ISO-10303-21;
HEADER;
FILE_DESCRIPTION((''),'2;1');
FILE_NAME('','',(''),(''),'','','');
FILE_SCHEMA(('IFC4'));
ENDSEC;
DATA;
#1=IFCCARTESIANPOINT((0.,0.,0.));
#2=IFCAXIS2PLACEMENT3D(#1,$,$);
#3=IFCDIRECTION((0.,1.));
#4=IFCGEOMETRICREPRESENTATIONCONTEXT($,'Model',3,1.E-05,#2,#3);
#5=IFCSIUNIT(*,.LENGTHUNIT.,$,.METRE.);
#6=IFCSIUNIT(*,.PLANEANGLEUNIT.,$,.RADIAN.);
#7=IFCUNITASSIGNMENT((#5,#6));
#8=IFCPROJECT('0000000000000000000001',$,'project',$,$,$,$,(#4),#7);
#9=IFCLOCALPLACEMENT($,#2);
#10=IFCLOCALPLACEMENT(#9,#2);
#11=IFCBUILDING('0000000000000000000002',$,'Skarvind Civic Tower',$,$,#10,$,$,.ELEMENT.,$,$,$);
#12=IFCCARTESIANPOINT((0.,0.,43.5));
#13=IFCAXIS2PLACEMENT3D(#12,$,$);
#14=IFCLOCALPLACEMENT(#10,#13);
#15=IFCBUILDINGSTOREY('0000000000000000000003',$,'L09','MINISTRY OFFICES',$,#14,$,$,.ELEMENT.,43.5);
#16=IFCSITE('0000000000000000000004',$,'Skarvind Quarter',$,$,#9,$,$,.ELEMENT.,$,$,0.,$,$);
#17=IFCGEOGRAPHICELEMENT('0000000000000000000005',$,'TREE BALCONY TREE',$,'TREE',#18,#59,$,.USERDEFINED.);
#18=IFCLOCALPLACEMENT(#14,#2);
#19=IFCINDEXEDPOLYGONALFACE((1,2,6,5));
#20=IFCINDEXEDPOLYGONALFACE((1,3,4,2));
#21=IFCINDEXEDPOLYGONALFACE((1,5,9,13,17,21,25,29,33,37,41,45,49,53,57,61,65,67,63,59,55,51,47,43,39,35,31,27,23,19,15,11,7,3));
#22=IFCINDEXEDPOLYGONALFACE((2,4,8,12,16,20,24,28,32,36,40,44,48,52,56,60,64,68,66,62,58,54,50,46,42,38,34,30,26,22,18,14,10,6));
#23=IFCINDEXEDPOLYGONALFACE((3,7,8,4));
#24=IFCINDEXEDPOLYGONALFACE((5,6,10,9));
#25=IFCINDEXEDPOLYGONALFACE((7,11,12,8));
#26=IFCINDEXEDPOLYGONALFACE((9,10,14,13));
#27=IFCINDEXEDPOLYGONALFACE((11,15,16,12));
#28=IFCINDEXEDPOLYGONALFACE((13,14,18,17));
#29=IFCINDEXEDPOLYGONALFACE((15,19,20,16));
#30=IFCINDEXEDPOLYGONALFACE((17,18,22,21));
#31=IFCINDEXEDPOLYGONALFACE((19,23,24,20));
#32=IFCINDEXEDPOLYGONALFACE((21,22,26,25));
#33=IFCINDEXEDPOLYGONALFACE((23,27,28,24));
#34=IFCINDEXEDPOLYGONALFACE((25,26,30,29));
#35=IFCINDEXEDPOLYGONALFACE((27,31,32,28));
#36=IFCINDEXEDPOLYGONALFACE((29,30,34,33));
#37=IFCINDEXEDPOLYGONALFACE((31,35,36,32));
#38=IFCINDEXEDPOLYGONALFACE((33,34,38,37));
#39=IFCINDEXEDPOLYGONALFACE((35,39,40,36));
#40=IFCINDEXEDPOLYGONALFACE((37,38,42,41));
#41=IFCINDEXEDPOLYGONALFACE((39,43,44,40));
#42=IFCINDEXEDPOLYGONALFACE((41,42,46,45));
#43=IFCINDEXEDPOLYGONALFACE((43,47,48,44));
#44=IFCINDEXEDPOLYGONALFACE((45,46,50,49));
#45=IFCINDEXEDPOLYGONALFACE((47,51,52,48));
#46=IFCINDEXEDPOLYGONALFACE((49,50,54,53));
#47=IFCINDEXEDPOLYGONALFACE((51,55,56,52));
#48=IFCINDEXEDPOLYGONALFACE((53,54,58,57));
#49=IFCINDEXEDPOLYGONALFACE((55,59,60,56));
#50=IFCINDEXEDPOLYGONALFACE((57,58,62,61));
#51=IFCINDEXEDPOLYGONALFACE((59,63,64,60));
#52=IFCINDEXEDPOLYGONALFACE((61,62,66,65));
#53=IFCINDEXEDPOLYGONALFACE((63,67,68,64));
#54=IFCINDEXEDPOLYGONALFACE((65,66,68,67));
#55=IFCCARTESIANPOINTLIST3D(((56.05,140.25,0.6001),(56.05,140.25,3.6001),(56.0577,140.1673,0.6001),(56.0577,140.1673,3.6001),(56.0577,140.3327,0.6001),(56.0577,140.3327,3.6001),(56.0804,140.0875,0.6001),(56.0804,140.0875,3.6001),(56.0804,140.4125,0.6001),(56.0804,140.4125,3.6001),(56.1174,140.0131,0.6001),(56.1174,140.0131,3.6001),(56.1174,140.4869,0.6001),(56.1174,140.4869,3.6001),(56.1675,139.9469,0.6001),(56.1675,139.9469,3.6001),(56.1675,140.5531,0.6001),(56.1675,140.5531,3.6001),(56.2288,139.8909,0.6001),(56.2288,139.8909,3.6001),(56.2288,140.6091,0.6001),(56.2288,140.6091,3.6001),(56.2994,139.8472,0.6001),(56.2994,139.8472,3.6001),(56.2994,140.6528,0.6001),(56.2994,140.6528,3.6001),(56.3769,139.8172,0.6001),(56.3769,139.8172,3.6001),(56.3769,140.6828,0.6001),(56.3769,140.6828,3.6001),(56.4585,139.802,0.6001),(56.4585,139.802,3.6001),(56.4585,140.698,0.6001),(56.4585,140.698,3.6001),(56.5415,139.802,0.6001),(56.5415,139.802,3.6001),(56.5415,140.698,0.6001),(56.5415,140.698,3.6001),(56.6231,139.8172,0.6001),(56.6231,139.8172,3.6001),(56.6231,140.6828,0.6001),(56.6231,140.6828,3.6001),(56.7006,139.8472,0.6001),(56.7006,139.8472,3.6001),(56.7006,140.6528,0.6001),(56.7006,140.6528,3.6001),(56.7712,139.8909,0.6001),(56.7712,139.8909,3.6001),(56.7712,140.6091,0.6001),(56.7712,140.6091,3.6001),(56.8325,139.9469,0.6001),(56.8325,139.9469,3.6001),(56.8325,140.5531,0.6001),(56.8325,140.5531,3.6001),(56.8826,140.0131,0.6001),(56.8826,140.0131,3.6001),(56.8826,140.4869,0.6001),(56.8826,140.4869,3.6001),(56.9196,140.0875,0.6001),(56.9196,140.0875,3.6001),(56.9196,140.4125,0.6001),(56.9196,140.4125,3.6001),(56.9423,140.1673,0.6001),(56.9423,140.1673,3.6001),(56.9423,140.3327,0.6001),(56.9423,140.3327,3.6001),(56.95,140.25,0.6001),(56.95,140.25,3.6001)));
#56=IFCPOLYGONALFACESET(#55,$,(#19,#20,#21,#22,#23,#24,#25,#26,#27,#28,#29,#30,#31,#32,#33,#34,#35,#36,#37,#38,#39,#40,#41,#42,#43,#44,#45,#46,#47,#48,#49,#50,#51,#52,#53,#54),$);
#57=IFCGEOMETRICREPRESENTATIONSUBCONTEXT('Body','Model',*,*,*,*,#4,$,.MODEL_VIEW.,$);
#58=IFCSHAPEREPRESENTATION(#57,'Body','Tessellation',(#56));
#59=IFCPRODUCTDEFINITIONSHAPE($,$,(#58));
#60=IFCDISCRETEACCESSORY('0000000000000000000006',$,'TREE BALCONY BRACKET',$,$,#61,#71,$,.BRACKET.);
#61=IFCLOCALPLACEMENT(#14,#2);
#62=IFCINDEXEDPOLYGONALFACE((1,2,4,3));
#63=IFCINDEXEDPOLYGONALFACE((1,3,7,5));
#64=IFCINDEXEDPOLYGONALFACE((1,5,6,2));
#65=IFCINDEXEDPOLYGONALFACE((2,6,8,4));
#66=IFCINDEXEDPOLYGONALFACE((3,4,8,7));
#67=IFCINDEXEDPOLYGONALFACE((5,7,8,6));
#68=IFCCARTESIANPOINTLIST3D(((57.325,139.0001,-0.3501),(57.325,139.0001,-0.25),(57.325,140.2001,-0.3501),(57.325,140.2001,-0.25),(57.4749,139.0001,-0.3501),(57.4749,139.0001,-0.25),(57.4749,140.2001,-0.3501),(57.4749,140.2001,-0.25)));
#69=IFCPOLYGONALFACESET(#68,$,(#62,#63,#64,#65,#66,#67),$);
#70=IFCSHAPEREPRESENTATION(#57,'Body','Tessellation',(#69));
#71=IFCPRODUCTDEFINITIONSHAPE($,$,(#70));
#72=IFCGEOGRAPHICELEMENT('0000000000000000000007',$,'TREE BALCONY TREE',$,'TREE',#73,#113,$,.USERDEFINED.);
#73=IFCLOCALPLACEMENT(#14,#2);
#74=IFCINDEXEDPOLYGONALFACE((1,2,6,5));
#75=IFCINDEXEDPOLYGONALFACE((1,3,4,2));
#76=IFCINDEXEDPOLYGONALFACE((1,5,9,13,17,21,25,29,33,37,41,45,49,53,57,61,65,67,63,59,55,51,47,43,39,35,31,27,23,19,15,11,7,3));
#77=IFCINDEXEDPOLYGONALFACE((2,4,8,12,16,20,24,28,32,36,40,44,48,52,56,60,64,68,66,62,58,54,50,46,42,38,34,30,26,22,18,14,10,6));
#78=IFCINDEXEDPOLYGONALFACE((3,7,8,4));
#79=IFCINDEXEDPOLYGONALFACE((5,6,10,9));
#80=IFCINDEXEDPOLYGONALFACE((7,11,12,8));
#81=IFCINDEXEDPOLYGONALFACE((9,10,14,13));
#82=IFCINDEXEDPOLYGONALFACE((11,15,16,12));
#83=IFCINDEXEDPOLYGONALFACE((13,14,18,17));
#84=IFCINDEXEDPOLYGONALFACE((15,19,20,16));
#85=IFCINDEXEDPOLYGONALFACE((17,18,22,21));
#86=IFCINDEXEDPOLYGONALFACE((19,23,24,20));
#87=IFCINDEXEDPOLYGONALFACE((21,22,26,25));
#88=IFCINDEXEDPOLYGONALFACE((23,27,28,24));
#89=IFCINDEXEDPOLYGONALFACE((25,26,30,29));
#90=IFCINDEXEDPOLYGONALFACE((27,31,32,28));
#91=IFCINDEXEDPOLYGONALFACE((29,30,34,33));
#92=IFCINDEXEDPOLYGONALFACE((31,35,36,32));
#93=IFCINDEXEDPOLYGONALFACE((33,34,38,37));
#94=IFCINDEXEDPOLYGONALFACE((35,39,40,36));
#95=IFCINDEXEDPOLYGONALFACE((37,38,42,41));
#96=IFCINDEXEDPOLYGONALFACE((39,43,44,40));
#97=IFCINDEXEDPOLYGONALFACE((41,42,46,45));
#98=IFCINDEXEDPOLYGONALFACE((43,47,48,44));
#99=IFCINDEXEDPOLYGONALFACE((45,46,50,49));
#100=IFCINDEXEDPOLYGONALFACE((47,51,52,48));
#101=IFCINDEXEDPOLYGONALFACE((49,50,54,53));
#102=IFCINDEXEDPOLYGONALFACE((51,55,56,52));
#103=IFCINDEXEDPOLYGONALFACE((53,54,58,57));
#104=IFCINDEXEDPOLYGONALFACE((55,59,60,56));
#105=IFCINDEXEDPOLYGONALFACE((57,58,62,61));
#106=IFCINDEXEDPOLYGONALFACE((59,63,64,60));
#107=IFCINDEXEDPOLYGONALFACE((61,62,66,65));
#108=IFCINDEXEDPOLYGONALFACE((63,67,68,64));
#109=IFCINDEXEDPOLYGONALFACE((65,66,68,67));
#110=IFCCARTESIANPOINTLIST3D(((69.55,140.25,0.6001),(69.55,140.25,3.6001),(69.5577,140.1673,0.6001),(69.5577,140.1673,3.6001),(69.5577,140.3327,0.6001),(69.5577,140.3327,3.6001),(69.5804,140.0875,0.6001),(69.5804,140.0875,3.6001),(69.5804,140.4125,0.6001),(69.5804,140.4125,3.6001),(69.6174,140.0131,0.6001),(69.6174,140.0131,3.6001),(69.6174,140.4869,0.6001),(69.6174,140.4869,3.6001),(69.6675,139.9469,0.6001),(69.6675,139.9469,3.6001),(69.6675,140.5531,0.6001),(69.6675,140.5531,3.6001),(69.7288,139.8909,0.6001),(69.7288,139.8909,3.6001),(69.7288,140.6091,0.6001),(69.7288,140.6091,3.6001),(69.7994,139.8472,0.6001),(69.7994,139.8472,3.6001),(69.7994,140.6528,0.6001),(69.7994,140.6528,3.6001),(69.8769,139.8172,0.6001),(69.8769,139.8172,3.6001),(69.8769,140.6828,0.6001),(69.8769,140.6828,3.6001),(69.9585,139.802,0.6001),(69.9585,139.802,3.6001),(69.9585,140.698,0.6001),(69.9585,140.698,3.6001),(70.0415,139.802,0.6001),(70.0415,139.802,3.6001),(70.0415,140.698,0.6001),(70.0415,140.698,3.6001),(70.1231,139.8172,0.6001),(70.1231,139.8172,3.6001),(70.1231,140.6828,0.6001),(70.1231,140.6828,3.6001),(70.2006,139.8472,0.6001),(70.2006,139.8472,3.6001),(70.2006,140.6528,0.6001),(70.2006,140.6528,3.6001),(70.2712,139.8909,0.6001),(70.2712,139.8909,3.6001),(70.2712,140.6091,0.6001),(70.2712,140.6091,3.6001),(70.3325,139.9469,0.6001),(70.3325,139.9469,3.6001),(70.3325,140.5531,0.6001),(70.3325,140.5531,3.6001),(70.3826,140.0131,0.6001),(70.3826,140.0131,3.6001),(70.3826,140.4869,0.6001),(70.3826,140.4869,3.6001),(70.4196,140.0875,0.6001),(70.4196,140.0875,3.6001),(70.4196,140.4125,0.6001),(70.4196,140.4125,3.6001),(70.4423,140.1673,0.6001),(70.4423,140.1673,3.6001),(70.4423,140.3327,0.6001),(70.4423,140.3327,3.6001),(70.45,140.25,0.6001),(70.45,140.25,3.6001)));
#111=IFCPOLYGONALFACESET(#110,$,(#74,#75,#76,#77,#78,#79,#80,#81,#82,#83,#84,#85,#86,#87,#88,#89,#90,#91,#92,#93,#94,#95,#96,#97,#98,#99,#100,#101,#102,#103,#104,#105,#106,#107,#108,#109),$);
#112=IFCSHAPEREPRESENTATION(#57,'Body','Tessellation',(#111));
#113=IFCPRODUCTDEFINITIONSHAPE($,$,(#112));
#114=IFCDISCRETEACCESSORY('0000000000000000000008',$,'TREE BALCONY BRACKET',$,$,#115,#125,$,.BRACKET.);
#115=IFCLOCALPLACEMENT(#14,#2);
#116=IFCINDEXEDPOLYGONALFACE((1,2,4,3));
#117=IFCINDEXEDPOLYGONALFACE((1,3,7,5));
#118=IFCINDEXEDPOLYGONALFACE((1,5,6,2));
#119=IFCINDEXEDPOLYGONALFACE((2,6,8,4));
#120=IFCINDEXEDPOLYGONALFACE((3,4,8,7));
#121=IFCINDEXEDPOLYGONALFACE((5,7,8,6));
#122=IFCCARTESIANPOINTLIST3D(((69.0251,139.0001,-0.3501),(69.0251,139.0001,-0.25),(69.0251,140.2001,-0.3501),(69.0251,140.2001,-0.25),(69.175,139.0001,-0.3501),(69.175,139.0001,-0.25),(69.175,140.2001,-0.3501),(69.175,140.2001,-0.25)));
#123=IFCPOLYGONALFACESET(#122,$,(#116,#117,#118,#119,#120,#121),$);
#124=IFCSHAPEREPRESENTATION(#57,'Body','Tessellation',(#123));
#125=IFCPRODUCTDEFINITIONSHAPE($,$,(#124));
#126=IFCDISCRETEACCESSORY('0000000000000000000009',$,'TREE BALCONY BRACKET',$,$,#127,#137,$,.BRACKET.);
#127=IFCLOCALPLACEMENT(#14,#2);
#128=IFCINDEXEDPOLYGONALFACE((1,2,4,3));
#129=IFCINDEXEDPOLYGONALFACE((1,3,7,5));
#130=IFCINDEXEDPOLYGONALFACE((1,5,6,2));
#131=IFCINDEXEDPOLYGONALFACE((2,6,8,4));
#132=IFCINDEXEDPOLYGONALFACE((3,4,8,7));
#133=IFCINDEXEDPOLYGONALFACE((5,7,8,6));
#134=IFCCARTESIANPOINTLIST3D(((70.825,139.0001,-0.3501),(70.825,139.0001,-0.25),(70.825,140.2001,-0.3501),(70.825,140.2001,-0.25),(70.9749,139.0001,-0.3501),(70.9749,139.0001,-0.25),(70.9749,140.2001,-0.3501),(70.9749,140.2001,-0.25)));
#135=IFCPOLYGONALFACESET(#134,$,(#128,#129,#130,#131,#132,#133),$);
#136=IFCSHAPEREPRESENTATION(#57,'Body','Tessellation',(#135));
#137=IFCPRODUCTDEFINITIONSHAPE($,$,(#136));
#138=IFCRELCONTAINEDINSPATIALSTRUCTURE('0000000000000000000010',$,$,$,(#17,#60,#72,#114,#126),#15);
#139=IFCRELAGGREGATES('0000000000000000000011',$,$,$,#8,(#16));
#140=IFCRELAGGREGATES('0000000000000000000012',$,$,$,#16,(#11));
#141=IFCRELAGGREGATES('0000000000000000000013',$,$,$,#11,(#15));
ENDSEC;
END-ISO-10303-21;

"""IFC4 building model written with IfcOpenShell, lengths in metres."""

from ifc_helpers import new_model, si_unit, direction, frame, origin, origin_2d, place, context, subcontext, project, spatial, rectangle, circle, extrude, element, save


model = new_model("IFC4")

# Units and contexts
model_context = context("Model", 3, precision=1e-05, world=origin(), true_north=direction((0.0, 1.0)))
body_context = subcontext(model_context, "Body", "Model", "MODEL_VIEW")
ifc_project = project(units=[si_unit("LENGTHUNIT", "METRE"), si_unit("PLANEANGLEUNIT", "RADIAN")], contexts=[model_context])

# Site, building, storey
site_placement = place(None, origin())
site = spatial("IfcSite", under=ifc_project, at=site_placement, Name="Skarvind Quarter", CompositionType="ELEMENT", RefElevation=0.0)
building_placement = place(site_placement, origin())
building = spatial("IfcBuilding", under=site, at=building_placement, Name="Skarvind Civic Tower", CompositionType="ELEMENT")
storey_placement = place(building_placement, frame((0.0, 0.0, 43.5)))
storey = spatial("IfcBuildingStorey", under=building, at=storey_placement, Name="L09", Description="MINISTRY OFFICES", CompositionType="ELEMENT", Elevation=43.5)

# Geographic element
geographic_element_1_placement = place(storey_placement, frame((56.5, 140.25, 0.6001), z_axis=(0.0, 0.0, 1.0), x_axis=(1.0, 0.0, 0.0)))
element("IfcGeographicElement", 1, at=geographic_element_1_placement, inside=storey, Name="TREE BALCONY TREE", ObjectType="TREE", PredefinedType="USERDEFINED", context=body_context, shape_type="SweptSolid", body=[
    extrude(circle(Radius=0.45, at=origin_2d()), origin(), (0.0, 0.0, 1.0), 3.0),
])

# Discrete accessory
discrete_accessory_placement = place(storey_placement, frame((57.3999, 139.6001, -0.3501), z_axis=(0.0, 0.0, 1.0), x_axis=(1.0, 0.0, 0.0)))
element("IfcDiscreteAccessory", 2, at=discrete_accessory_placement, inside=storey, Name="TREE BALCONY BRACKET", PredefinedType="BRACKET", context=body_context, shape_type="SweptSolid", body=[
    extrude(rectangle(XDim=0.1499, YDim=1.2, at=origin_2d()), origin(), (0.0, 0.0, 1.0), 0.1001),
])

# Geographic element
geographic_element_2_placement = place(storey_placement, frame((70.0, 140.25, 0.6001), z_axis=(0.0, 0.0, 1.0), x_axis=(1.0, 0.0, 0.0)))
element("IfcGeographicElement", 3, at=geographic_element_2_placement, inside=storey, Name="TREE BALCONY TREE", ObjectType="TREE", PredefinedType="USERDEFINED", context=body_context, shape_type="SweptSolid", body=[
    extrude(circle(Radius=0.45, at=origin_2d()), origin(), (0.0, 0.0, 1.0), 3.0),
])

# Discrete accessories
for number, where, z_axis, x_axis, name in (
    (4, (69.1001, 139.6001, -0.3501), (0.0, 0.0, 1.0), (1.0, 0.0, 0.0), "TREE BALCONY BRACKET"),
    (5, (70.8999, 139.6001, -0.3501), (0.0, 0.0, 1.0), (1.0, 0.0, 0.0), "TREE BALCONY BRACKET"),
):
    element("IfcDiscreteAccessory", number, at=place(storey_placement, frame(where, z_axis=z_axis, x_axis=x_axis)), inside=storey, Name=name, PredefinedType="BRACKET", context=body_context, shape_type="SweptSolid", body=[
        extrude(rectangle(XDim=0.1499, YDim=1.2, at=origin_2d()), origin(), (0.0, 0.0, 1.0), 0.1001),
    ])

save(model, "model.ifc")
